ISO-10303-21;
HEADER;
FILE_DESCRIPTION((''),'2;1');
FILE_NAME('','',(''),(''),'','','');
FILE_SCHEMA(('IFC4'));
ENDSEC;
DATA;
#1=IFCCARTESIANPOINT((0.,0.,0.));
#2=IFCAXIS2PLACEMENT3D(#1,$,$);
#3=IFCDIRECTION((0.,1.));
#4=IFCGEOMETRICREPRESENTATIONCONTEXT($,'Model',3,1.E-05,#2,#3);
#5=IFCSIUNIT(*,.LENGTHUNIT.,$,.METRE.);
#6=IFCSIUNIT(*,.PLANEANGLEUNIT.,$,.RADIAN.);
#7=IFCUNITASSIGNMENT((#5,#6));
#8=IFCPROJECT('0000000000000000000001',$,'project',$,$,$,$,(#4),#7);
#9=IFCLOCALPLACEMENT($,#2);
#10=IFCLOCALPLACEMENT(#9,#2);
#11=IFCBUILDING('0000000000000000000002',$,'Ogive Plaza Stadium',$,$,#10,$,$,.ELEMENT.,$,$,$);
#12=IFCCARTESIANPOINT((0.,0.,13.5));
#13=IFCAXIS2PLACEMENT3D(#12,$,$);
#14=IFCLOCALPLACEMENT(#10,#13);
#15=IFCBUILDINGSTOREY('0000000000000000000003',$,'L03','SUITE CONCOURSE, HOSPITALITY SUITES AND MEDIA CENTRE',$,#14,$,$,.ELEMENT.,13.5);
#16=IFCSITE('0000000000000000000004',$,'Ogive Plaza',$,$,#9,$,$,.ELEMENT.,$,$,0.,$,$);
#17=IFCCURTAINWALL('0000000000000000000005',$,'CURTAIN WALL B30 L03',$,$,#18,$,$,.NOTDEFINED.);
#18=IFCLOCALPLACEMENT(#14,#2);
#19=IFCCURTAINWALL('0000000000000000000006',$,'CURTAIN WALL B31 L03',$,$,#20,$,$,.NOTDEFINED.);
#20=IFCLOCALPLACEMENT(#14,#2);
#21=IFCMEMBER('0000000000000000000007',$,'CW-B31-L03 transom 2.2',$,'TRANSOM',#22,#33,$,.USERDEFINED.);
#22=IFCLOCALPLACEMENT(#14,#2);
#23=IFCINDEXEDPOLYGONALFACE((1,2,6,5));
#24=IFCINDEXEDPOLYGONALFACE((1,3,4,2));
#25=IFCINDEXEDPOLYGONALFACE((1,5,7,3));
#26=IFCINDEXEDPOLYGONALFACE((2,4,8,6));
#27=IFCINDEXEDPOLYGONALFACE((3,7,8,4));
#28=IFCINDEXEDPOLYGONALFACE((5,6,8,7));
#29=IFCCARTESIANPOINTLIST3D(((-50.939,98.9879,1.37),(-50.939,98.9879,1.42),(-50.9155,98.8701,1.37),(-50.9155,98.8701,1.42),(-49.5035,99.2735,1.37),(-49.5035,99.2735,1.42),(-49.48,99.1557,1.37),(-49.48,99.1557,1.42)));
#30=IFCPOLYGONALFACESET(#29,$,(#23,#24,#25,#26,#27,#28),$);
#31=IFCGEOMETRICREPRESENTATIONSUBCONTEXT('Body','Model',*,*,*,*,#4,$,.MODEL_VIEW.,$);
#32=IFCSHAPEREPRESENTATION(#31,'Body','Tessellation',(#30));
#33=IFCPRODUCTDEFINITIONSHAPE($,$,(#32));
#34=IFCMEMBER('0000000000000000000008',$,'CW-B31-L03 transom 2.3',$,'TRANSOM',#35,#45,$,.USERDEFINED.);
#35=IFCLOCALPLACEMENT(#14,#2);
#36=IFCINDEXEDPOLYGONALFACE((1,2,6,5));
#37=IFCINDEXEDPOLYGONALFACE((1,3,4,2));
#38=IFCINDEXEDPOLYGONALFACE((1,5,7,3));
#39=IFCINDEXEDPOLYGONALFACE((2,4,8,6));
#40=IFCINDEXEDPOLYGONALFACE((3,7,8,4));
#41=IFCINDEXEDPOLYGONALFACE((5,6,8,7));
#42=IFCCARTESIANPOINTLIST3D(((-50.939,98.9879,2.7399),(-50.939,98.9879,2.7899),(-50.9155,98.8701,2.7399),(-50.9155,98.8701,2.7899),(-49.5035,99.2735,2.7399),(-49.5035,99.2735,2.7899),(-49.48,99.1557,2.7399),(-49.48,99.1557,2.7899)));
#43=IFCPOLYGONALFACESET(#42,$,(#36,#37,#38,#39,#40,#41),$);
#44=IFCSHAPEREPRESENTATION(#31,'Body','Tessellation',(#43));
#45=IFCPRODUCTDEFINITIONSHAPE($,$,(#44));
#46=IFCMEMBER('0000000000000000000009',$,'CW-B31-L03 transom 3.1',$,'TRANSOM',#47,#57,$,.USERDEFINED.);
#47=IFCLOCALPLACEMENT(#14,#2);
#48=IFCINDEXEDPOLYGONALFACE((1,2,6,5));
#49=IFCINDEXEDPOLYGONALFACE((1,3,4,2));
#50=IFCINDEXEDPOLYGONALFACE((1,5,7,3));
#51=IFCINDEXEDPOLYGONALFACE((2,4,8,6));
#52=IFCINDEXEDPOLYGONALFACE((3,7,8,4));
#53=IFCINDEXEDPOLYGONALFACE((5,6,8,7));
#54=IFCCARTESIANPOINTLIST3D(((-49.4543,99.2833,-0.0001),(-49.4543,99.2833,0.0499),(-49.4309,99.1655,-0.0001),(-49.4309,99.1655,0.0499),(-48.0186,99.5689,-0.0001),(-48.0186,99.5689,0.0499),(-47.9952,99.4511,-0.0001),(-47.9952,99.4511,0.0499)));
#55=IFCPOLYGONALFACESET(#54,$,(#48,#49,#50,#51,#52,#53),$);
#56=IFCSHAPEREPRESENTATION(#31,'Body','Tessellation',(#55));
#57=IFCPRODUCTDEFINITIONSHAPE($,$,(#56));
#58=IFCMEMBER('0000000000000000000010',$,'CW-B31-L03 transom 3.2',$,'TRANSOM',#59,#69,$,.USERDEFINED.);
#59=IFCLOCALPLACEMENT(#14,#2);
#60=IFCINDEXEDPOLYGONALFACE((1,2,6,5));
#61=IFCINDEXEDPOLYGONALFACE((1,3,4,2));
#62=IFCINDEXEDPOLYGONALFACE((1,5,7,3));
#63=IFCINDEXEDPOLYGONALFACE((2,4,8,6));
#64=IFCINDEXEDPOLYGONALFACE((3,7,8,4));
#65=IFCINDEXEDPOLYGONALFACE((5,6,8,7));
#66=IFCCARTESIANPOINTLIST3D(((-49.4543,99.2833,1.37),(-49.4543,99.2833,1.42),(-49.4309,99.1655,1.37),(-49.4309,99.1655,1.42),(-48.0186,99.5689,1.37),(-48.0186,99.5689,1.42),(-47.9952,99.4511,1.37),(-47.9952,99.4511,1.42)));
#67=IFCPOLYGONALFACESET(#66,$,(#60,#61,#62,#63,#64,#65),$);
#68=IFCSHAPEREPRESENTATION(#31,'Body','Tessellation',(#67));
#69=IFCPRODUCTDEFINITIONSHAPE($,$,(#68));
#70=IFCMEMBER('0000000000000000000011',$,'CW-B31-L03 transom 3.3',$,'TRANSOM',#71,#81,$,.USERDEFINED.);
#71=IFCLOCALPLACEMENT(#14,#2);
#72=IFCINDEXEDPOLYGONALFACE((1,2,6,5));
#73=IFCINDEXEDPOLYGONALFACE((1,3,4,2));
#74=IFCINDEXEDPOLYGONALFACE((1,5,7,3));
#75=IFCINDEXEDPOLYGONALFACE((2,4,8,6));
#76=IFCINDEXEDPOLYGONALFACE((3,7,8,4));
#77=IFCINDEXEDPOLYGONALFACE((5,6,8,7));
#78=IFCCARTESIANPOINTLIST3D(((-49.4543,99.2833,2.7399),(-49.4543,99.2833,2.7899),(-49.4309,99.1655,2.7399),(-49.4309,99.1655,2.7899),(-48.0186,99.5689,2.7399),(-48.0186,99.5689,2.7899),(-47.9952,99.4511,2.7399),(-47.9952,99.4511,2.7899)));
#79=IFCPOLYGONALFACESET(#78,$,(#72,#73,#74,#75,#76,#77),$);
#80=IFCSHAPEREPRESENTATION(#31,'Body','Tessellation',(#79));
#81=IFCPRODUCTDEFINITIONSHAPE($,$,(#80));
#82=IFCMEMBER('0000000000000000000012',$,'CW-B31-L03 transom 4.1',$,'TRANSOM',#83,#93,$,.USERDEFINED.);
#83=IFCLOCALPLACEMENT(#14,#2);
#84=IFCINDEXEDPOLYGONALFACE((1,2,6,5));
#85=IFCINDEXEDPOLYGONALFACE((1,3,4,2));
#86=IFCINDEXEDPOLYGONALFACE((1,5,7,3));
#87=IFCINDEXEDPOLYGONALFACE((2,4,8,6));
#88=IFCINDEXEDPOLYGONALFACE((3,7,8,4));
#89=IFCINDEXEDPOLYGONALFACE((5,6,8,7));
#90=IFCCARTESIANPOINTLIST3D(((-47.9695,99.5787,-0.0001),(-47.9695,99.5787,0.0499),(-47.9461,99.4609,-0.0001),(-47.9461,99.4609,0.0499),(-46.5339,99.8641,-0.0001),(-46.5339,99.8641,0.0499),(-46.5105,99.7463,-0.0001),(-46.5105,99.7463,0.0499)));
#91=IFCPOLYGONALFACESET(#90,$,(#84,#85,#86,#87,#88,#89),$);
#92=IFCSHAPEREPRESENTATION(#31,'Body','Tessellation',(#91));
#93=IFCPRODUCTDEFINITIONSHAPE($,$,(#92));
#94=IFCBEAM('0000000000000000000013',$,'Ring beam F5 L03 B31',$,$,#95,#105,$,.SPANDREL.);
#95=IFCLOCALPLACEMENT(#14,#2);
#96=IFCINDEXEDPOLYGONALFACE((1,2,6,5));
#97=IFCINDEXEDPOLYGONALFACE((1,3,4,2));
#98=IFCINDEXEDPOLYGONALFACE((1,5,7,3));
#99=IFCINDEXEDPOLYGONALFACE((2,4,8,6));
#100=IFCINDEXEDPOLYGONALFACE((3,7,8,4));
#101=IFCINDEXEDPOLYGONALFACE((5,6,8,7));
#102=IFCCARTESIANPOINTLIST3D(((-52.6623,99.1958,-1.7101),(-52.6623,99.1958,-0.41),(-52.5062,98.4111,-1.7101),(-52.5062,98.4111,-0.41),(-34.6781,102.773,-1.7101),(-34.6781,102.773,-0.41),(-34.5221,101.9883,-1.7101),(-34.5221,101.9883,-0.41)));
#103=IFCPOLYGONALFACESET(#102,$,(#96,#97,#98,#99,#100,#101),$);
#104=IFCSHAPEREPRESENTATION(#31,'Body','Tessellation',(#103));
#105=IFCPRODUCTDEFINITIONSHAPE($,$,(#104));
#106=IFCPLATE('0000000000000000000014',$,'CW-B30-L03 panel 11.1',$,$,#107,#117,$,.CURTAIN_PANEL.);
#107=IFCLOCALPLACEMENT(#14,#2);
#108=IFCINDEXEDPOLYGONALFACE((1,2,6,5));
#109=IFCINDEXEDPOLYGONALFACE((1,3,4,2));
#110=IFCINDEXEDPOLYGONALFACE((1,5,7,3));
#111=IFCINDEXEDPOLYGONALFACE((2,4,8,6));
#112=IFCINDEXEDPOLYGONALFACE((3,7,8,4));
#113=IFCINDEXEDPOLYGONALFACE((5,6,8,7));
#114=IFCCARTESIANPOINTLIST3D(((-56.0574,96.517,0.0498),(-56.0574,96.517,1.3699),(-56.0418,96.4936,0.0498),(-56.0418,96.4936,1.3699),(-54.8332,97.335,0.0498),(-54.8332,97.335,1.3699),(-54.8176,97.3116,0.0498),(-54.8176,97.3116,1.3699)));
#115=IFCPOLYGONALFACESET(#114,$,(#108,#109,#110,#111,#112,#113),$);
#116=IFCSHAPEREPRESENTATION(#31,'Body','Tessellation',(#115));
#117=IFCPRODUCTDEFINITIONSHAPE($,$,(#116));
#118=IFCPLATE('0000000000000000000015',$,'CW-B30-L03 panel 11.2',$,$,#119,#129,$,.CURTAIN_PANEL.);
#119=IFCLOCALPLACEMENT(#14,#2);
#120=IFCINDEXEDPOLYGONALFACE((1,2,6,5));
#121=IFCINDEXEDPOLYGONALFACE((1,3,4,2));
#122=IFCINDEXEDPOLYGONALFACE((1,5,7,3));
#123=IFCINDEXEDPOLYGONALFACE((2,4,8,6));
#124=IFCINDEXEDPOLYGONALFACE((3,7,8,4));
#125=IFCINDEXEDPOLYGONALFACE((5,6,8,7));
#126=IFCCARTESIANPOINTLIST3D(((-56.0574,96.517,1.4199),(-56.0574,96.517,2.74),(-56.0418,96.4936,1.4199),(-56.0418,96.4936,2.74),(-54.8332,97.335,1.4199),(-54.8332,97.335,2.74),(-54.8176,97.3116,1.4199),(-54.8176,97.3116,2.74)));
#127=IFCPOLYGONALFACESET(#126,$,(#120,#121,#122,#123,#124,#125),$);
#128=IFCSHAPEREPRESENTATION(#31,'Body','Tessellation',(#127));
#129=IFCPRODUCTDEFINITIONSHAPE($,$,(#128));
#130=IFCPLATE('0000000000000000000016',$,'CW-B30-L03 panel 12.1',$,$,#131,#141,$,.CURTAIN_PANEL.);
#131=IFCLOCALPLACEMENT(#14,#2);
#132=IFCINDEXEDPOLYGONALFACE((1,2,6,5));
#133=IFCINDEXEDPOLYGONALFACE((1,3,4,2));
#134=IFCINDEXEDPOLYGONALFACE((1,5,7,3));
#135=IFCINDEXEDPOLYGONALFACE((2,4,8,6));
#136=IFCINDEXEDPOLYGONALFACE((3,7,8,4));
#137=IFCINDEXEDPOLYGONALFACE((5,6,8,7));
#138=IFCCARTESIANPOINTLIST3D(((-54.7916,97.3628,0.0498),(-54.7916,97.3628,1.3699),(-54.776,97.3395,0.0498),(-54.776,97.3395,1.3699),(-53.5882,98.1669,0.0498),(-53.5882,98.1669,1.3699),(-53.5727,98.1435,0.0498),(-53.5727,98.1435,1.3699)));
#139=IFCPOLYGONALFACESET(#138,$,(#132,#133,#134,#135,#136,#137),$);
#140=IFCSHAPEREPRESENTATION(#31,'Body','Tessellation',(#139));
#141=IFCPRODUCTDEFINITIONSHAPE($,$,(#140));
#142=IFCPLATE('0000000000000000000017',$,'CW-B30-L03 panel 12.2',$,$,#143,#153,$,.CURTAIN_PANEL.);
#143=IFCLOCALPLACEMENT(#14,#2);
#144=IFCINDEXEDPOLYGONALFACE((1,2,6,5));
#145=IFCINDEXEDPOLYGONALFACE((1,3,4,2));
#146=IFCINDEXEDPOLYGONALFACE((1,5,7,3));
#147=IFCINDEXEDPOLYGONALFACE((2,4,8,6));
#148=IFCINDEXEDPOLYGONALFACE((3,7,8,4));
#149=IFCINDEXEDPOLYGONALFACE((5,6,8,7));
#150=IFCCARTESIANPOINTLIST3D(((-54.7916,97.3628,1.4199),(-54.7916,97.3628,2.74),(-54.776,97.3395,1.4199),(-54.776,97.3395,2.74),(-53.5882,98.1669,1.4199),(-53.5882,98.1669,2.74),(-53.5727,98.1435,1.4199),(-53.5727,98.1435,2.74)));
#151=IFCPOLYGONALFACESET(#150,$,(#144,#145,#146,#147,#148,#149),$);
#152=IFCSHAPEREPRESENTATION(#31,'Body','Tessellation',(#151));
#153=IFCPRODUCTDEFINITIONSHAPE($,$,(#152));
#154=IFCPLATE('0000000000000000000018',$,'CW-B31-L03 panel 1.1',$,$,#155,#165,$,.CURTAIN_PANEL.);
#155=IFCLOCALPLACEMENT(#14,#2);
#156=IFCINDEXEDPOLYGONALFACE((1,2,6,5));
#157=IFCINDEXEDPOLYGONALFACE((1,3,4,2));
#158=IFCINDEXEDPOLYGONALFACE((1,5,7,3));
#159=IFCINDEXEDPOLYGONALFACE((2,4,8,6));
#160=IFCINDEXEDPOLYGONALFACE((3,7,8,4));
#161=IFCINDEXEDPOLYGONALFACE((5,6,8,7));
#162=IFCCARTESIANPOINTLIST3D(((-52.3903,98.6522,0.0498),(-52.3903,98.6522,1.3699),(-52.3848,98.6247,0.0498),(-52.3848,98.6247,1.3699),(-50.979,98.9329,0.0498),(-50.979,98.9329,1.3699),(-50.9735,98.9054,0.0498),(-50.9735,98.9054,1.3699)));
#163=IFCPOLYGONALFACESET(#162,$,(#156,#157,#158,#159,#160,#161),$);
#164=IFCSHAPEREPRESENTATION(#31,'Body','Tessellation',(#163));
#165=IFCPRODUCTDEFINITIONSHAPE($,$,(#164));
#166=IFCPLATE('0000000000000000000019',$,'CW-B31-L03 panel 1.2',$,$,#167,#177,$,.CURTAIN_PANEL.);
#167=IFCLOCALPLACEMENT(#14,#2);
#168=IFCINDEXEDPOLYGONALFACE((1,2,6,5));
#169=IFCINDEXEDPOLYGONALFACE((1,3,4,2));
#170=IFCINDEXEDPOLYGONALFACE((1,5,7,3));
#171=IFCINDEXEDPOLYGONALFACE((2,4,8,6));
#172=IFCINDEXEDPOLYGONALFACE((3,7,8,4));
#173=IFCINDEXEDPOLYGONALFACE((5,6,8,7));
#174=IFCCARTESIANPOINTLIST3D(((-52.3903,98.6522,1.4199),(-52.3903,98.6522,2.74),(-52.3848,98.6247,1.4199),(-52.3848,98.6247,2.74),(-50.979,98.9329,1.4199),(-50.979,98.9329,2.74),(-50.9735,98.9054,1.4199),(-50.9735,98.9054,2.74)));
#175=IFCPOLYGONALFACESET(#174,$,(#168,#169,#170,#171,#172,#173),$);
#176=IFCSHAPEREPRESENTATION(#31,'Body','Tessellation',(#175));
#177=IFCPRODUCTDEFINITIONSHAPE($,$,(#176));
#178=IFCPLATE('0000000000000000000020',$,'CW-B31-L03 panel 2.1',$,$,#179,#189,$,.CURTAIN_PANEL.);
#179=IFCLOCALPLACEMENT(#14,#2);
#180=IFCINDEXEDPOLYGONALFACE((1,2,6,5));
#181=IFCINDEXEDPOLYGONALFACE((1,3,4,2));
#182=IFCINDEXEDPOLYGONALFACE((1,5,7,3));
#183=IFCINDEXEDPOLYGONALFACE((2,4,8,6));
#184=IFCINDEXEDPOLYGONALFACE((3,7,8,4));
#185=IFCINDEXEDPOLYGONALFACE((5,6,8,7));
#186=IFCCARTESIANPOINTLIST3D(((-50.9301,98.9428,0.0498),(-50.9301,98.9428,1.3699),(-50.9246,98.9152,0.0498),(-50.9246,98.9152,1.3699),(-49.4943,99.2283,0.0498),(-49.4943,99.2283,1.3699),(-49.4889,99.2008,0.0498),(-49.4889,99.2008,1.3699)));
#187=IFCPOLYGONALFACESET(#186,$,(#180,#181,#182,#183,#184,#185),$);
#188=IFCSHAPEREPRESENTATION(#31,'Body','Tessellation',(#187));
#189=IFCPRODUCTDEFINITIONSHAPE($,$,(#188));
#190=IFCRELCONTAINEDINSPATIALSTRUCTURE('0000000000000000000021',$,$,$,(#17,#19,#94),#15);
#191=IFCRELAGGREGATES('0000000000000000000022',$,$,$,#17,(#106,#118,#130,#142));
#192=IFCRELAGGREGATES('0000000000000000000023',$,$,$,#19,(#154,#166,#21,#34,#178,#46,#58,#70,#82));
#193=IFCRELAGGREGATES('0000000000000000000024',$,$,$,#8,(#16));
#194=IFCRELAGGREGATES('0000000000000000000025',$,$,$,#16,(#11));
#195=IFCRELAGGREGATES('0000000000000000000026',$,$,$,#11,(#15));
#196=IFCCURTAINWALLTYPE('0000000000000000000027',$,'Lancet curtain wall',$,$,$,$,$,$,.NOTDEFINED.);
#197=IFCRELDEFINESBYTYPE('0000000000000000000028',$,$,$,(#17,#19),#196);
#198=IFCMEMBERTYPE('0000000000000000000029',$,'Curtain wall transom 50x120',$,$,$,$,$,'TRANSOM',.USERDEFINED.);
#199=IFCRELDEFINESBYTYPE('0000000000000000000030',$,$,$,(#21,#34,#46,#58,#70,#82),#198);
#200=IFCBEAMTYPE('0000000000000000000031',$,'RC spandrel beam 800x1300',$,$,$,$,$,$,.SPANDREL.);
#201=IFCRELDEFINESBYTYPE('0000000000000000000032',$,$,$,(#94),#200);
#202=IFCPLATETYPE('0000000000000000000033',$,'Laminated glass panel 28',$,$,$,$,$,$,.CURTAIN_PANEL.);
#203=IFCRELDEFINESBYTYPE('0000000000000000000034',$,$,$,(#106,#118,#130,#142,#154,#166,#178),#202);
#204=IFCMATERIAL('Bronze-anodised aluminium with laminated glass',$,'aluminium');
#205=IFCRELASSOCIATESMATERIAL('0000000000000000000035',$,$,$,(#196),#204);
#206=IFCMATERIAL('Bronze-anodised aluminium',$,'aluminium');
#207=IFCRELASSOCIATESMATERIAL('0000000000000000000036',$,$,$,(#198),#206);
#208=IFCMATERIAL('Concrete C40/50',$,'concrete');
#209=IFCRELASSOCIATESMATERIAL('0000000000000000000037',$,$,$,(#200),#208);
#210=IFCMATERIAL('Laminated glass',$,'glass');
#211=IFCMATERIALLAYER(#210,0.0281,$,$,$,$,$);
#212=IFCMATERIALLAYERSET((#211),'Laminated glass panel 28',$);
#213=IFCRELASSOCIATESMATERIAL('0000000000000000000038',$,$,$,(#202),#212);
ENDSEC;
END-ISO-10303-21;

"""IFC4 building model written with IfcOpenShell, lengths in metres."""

from ifc_helpers import new_model, si_unit, direction, frame, origin, origin_2d, place, context, subcontext, project, spatial, rectangle, extrude, material, layer, layer_set, material_profile, profile_set, type_object, element, aggregate, save


model = new_model("IFC4")

# Units and contexts
model_context = context("Model", 3, precision=1e-05, world=origin(), true_north=direction((0.0, 1.0)))
body_context = subcontext(model_context, "Body", "Model", "MODEL_VIEW")
ifc_project = project(units=[si_unit("LENGTHUNIT", "METRE"), si_unit("PLANEANGLEUNIT", "RADIAN")], contexts=[model_context])

# Site, building, storey
site_placement = place(None, origin())
site = spatial("IfcSite", under=ifc_project, at=site_placement, Name="Ogive Plaza", CompositionType="ELEMENT", RefElevation=0.0)
building_placement = place(site_placement, origin())
building = spatial("IfcBuilding", under=site, at=building_placement, Name="Ogive Plaza Stadium", CompositionType="ELEMENT")
storey_placement = place(building_placement, frame((0.0, 0.0, 13.5)))
storey = spatial("IfcBuildingStorey", under=building, at=storey_placement, Name="L03", Description="SUITE CONCOURSE, HOSPITALITY SUITES AND MEDIA CENTRE", CompositionType="ELEMENT", Elevation=13.5)

# Curtain walls
ifc_material_1 = material(Name="Bronze-anodised aluminium with laminated glass", Category="aluminium")
curtain_wall_type = type_object("IfcCurtainWallType", Name="Lancet curtain wall", PredefinedType="NOTDEFINED", material=ifc_material_1)
curtain_wall_1_placement = place(storey_placement, origin())
curtain_wall_1 = element("IfcCurtainWall", 1, at=curtain_wall_1_placement, inside=storey, type_object=curtain_wall_type, Name="CURTAIN WALL B30 L03", PredefinedType="NOTDEFINED")
curtain_wall_2_placement = place(storey_placement, origin())
curtain_wall_2 = element("IfcCurtainWall", 2, at=curtain_wall_2_placement, inside=storey, type_object=curtain_wall_type, Name="CURTAIN WALL B31 L03", PredefinedType="NOTDEFINED")

# Members
ifc_material_2 = material(Name="Bronze-anodised aluminium", Category="aluminium")
ifc_material_profile_1 = material_profile(ifc_material_2, rectangle(XDim=0.1201, YDim=0.05, at=origin_2d()), Name="AL 120x50")
ifc_profile_set_1 = profile_set([ifc_material_profile_1], Name="Bronze-anodised aluminium")
member_type_1 = type_object("IfcMemberType", Name="Curtain wall transom 50x120", ElementType="TRANSOM", PredefinedType="USERDEFINED", material=ifc_profile_set_1)
member_1_placement = place(storey_placement, frame((-50.9272, 98.929, 1.395), z_axis=(0.980773, 0.195154, 0.0), x_axis=(-0.195154, 0.980773, 0.0)))
member_1 = element("IfcMember", 3, at=member_1_placement, type_object=member_type_1, Name="CW-B31-L03 transom 2.2", ObjectType="TRANSOM", PredefinedType="USERDEFINED", context=body_context, shape_type="SweptSolid", body=[
    extrude(rectangle(XDim=0.1201, YDim=0.05, at=origin_2d()), origin(), (0.0, 0.0, 1.0), 1.4636),
])
member_2_placement = place(storey_placement, frame((-50.9272, 98.929, 2.7649), z_axis=(0.980773, 0.195154, 0.0), x_axis=(-0.195154, 0.980773, 0.0)))
member_2 = element("IfcMember", 4, at=member_2_placement, type_object=member_type_1, Name="CW-B31-L03 transom 2.3", ObjectType="TRANSOM", PredefinedType="USERDEFINED", context=body_context, shape_type="SweptSolid", body=[
    extrude(rectangle(XDim=0.1201, YDim=0.05, at=origin_2d()), origin(), (0.0, 0.0, 1.0), 1.4636),
])
member_3_placement = place(storey_placement, frame((-49.4426, 99.2244, 0.0249), z_axis=(0.980779, 0.195122, 0.0), x_axis=(-0.195122, 0.980779, 0.0)))
member_3 = element("IfcMember", 5, at=member_3_placement, type_object=member_type_1, Name="CW-B31-L03 transom 3.1", ObjectType="TRANSOM", PredefinedType="USERDEFINED", context=body_context, shape_type="SweptSolid", body=[
    extrude(rectangle(XDim=0.1201, YDim=0.05, at=origin_2d()), origin(), (0.0, 0.0, 1.0), 1.4639),
])
member_4_placement = place(storey_placement, frame((-49.4426, 99.2244, 1.395), z_axis=(0.980779, 0.195122, 0.0), x_axis=(-0.195122, 0.980779, 0.0)))
member_4 = element("IfcMember", 6, at=member_4_placement, type_object=member_type_1, Name="CW-B31-L03 transom 3.2", ObjectType="TRANSOM", PredefinedType="USERDEFINED", context=body_context, shape_type="SweptSolid", body=[
    extrude(rectangle(XDim=0.1201, YDim=0.05, at=origin_2d()), origin(), (0.0, 0.0, 1.0), 1.4639),
])
member_5_placement = place(storey_placement, frame((-49.4426, 99.2244, 2.7649), z_axis=(0.980779, 0.195122, 0.0), x_axis=(-0.195122, 0.980779, 0.0)))
member_5 = element("IfcMember", 7, at=member_5_placement, type_object=member_type_1, Name="CW-B31-L03 transom 3.3", ObjectType="TRANSOM", PredefinedType="USERDEFINED", context=body_context, shape_type="SweptSolid", body=[
    extrude(rectangle(XDim=0.1201, YDim=0.05, at=origin_2d()), origin(), (0.0, 0.0, 1.0), 1.4639),
])
member_6_placement = place(storey_placement, frame((-47.9578, 99.5198, 0.0249), z_axis=(0.980805, 0.194993, 0.0), x_axis=(-0.194993, 0.980805, 0.0)))
member_6 = element("IfcMember", 8, at=member_6_placement, type_object=member_type_1, Name="CW-B31-L03 transom 4.1", ObjectType="TRANSOM", PredefinedType="USERDEFINED", context=body_context, shape_type="SweptSolid", body=[
    extrude(rectangle(XDim=0.1201, YDim=0.05, at=origin_2d()), origin(), (0.0, 0.0, 1.0), 1.4636),
])

# Beam
ifc_material_3 = material(Name="Concrete C40/50", Category="concrete")
ifc_material_profile_2 = material_profile(ifc_material_3, rectangle(XDim=0.8, YDim=1.3, at=origin_2d()), Name="RC 800x1300")
ifc_profile_set_2 = profile_set([ifc_material_profile_2], Name="Concrete C40/50")
beam_type = type_object("IfcBeamType", Name="RC spandrel beam 800x1300", PredefinedType="SPANDREL", material=ifc_profile_set_2)
beam_placement = place(storey_placement, frame((-52.5842, 98.8035, -1.0601), z_axis=(0.980787, 0.195084, 0.0), x_axis=(-0.195084, 0.980787, 0.0)))
element("IfcBeam", 9, at=beam_placement, inside=storey, type_object=beam_type, Name="Ring beam F5 L03 B31", PredefinedType="SPANDREL", context=body_context, shape_type="SweptSolid", body=[
    extrude(rectangle(XDim=0.8, YDim=1.3, at=origin_2d()), origin(), (0.0, 0.0, 1.0), 18.3364),
])

# Plates
ifc_material_4 = material(Name="Laminated glass", Category="glass")
ifc_layer = layer(ifc_material_4, 0.0281)
ifc_layer_set = layer_set([ifc_layer], Name="Laminated glass panel 28")
plate_type = type_object("IfcPlateType", Name="Laminated glass panel 28", PredefinedType="CURTAIN_PANEL", material=ifc_layer_set)
plate_1_placement = place(storey_placement, frame((-55.4375, 96.9143, 0.0498), z_axis=(0.0, 0.0, 1.0), x_axis=(0.83147, 0.55557, 0.0)))
plate_1 = element("IfcPlate", 10, at=plate_1_placement, type_object=plate_type, Name="CW-B30-L03 panel 11.1", PredefinedType="CURTAIN_PANEL", context=body_context, shape_type="SweptSolid", body=[
    extrude(rectangle(XDim=1.4724, YDim=0.0281, at=origin_2d()), origin(), (0.0, 0.0, 1.0), 1.3201),
])
plate_2_placement = place(storey_placement, frame((-55.4375, 96.9143, 1.4199), z_axis=(0.0, 0.0, 1.0), x_axis=(0.83147, 0.55557, 0.0)))
plate_2 = element("IfcPlate", 11, at=plate_2_placement, type_object=plate_type, Name="CW-B30-L03 panel 11.2", PredefinedType="CURTAIN_PANEL", context=body_context, shape_type="SweptSolid", body=[
    extrude(rectangle(XDim=1.4724, YDim=0.0281, at=origin_2d()), origin(), (0.0, 0.0, 1.0), 1.3201),
])
plate_3_placement = place(storey_placement, frame((-54.1821, 97.7532, 0.0498), z_axis=(0.0, 0.0, 1.0), x_axis=(0.83147, 0.55557, 0.0)))
plate_3 = element("IfcPlate", 12, at=plate_3_placement, type_object=plate_type, Name="CW-B30-L03 panel 12.1", PredefinedType="CURTAIN_PANEL", context=body_context, shape_type="SweptSolid", body=[
    extrude(rectangle(XDim=1.4473, YDim=0.0281, at=origin_2d()), origin(), (0.0, 0.0, 1.0), 1.3201),
])
plate_4_placement = place(storey_placement, frame((-54.1821, 97.7532, 1.4199), z_axis=(0.0, 0.0, 1.0), x_axis=(0.83147, 0.55557, 0.0)))
plate_4 = element("IfcPlate", 13, at=plate_4_placement, type_object=plate_type, Name="CW-B30-L03 panel 12.2", PredefinedType="CURTAIN_PANEL", context=body_context, shape_type="SweptSolid", body=[
    extrude(rectangle(XDim=1.4473, YDim=0.0281, at=origin_2d()), origin(), (0.0, 0.0, 1.0), 1.3201),
])
aggregate(curtain_wall_1, [plate_1, plate_2, plate_3, plate_4])
plate_5_placement = place(storey_placement, frame((-51.6819, 98.7788, 0.0498), z_axis=(0.0, 0.0, 1.0), x_axis=(0.980785, 0.19509, 0.0)))
plate_5 = element("IfcPlate", 14, at=plate_5_placement, type_object=plate_type, Name="CW-B31-L03 panel 1.1", PredefinedType="CURTAIN_PANEL", context=body_context, shape_type="SweptSolid", body=[
    extrude(rectangle(XDim=1.439, YDim=0.0281, at=origin_2d()), origin(), (0.0, 0.0, 1.0), 1.3201),
])
plate_6_placement = place(storey_placement, frame((-51.6819, 98.7788, 1.4199), z_axis=(0.0, 0.0, 1.0), x_axis=(0.980785, 0.19509, 0.0)))
plate_6 = element("IfcPlate", 15, at=plate_6_placement, type_object=plate_type, Name="CW-B31-L03 panel 1.2", PredefinedType="CURTAIN_PANEL", context=body_context, shape_type="SweptSolid", body=[
    extrude(rectangle(XDim=1.439, YDim=0.0281, at=origin_2d()), origin(), (0.0, 0.0, 1.0), 1.3201),
])
plate_7_placement = place(storey_placement, frame((-50.2095, 99.0718, 0.0498), z_axis=(0.0, 0.0, 1.0), x_axis=(0.980785, 0.19509, 0.0)))
plate_7 = element("IfcPlate", 16, at=plate_7_placement, type_object=plate_type, Name="CW-B31-L03 panel 2.1", PredefinedType="CURTAIN_PANEL", context=body_context, shape_type="SweptSolid", body=[
    extrude(rectangle(XDim=1.4639, YDim=0.0281, at=origin_2d()), origin(), (0.0, 0.0, 1.0), 1.3201),
])
aggregate(curtain_wall_2, [plate_5, plate_6, member_1, member_2, plate_7, member_3, member_4, member_5, member_6])

save(model, "model.ifc")
